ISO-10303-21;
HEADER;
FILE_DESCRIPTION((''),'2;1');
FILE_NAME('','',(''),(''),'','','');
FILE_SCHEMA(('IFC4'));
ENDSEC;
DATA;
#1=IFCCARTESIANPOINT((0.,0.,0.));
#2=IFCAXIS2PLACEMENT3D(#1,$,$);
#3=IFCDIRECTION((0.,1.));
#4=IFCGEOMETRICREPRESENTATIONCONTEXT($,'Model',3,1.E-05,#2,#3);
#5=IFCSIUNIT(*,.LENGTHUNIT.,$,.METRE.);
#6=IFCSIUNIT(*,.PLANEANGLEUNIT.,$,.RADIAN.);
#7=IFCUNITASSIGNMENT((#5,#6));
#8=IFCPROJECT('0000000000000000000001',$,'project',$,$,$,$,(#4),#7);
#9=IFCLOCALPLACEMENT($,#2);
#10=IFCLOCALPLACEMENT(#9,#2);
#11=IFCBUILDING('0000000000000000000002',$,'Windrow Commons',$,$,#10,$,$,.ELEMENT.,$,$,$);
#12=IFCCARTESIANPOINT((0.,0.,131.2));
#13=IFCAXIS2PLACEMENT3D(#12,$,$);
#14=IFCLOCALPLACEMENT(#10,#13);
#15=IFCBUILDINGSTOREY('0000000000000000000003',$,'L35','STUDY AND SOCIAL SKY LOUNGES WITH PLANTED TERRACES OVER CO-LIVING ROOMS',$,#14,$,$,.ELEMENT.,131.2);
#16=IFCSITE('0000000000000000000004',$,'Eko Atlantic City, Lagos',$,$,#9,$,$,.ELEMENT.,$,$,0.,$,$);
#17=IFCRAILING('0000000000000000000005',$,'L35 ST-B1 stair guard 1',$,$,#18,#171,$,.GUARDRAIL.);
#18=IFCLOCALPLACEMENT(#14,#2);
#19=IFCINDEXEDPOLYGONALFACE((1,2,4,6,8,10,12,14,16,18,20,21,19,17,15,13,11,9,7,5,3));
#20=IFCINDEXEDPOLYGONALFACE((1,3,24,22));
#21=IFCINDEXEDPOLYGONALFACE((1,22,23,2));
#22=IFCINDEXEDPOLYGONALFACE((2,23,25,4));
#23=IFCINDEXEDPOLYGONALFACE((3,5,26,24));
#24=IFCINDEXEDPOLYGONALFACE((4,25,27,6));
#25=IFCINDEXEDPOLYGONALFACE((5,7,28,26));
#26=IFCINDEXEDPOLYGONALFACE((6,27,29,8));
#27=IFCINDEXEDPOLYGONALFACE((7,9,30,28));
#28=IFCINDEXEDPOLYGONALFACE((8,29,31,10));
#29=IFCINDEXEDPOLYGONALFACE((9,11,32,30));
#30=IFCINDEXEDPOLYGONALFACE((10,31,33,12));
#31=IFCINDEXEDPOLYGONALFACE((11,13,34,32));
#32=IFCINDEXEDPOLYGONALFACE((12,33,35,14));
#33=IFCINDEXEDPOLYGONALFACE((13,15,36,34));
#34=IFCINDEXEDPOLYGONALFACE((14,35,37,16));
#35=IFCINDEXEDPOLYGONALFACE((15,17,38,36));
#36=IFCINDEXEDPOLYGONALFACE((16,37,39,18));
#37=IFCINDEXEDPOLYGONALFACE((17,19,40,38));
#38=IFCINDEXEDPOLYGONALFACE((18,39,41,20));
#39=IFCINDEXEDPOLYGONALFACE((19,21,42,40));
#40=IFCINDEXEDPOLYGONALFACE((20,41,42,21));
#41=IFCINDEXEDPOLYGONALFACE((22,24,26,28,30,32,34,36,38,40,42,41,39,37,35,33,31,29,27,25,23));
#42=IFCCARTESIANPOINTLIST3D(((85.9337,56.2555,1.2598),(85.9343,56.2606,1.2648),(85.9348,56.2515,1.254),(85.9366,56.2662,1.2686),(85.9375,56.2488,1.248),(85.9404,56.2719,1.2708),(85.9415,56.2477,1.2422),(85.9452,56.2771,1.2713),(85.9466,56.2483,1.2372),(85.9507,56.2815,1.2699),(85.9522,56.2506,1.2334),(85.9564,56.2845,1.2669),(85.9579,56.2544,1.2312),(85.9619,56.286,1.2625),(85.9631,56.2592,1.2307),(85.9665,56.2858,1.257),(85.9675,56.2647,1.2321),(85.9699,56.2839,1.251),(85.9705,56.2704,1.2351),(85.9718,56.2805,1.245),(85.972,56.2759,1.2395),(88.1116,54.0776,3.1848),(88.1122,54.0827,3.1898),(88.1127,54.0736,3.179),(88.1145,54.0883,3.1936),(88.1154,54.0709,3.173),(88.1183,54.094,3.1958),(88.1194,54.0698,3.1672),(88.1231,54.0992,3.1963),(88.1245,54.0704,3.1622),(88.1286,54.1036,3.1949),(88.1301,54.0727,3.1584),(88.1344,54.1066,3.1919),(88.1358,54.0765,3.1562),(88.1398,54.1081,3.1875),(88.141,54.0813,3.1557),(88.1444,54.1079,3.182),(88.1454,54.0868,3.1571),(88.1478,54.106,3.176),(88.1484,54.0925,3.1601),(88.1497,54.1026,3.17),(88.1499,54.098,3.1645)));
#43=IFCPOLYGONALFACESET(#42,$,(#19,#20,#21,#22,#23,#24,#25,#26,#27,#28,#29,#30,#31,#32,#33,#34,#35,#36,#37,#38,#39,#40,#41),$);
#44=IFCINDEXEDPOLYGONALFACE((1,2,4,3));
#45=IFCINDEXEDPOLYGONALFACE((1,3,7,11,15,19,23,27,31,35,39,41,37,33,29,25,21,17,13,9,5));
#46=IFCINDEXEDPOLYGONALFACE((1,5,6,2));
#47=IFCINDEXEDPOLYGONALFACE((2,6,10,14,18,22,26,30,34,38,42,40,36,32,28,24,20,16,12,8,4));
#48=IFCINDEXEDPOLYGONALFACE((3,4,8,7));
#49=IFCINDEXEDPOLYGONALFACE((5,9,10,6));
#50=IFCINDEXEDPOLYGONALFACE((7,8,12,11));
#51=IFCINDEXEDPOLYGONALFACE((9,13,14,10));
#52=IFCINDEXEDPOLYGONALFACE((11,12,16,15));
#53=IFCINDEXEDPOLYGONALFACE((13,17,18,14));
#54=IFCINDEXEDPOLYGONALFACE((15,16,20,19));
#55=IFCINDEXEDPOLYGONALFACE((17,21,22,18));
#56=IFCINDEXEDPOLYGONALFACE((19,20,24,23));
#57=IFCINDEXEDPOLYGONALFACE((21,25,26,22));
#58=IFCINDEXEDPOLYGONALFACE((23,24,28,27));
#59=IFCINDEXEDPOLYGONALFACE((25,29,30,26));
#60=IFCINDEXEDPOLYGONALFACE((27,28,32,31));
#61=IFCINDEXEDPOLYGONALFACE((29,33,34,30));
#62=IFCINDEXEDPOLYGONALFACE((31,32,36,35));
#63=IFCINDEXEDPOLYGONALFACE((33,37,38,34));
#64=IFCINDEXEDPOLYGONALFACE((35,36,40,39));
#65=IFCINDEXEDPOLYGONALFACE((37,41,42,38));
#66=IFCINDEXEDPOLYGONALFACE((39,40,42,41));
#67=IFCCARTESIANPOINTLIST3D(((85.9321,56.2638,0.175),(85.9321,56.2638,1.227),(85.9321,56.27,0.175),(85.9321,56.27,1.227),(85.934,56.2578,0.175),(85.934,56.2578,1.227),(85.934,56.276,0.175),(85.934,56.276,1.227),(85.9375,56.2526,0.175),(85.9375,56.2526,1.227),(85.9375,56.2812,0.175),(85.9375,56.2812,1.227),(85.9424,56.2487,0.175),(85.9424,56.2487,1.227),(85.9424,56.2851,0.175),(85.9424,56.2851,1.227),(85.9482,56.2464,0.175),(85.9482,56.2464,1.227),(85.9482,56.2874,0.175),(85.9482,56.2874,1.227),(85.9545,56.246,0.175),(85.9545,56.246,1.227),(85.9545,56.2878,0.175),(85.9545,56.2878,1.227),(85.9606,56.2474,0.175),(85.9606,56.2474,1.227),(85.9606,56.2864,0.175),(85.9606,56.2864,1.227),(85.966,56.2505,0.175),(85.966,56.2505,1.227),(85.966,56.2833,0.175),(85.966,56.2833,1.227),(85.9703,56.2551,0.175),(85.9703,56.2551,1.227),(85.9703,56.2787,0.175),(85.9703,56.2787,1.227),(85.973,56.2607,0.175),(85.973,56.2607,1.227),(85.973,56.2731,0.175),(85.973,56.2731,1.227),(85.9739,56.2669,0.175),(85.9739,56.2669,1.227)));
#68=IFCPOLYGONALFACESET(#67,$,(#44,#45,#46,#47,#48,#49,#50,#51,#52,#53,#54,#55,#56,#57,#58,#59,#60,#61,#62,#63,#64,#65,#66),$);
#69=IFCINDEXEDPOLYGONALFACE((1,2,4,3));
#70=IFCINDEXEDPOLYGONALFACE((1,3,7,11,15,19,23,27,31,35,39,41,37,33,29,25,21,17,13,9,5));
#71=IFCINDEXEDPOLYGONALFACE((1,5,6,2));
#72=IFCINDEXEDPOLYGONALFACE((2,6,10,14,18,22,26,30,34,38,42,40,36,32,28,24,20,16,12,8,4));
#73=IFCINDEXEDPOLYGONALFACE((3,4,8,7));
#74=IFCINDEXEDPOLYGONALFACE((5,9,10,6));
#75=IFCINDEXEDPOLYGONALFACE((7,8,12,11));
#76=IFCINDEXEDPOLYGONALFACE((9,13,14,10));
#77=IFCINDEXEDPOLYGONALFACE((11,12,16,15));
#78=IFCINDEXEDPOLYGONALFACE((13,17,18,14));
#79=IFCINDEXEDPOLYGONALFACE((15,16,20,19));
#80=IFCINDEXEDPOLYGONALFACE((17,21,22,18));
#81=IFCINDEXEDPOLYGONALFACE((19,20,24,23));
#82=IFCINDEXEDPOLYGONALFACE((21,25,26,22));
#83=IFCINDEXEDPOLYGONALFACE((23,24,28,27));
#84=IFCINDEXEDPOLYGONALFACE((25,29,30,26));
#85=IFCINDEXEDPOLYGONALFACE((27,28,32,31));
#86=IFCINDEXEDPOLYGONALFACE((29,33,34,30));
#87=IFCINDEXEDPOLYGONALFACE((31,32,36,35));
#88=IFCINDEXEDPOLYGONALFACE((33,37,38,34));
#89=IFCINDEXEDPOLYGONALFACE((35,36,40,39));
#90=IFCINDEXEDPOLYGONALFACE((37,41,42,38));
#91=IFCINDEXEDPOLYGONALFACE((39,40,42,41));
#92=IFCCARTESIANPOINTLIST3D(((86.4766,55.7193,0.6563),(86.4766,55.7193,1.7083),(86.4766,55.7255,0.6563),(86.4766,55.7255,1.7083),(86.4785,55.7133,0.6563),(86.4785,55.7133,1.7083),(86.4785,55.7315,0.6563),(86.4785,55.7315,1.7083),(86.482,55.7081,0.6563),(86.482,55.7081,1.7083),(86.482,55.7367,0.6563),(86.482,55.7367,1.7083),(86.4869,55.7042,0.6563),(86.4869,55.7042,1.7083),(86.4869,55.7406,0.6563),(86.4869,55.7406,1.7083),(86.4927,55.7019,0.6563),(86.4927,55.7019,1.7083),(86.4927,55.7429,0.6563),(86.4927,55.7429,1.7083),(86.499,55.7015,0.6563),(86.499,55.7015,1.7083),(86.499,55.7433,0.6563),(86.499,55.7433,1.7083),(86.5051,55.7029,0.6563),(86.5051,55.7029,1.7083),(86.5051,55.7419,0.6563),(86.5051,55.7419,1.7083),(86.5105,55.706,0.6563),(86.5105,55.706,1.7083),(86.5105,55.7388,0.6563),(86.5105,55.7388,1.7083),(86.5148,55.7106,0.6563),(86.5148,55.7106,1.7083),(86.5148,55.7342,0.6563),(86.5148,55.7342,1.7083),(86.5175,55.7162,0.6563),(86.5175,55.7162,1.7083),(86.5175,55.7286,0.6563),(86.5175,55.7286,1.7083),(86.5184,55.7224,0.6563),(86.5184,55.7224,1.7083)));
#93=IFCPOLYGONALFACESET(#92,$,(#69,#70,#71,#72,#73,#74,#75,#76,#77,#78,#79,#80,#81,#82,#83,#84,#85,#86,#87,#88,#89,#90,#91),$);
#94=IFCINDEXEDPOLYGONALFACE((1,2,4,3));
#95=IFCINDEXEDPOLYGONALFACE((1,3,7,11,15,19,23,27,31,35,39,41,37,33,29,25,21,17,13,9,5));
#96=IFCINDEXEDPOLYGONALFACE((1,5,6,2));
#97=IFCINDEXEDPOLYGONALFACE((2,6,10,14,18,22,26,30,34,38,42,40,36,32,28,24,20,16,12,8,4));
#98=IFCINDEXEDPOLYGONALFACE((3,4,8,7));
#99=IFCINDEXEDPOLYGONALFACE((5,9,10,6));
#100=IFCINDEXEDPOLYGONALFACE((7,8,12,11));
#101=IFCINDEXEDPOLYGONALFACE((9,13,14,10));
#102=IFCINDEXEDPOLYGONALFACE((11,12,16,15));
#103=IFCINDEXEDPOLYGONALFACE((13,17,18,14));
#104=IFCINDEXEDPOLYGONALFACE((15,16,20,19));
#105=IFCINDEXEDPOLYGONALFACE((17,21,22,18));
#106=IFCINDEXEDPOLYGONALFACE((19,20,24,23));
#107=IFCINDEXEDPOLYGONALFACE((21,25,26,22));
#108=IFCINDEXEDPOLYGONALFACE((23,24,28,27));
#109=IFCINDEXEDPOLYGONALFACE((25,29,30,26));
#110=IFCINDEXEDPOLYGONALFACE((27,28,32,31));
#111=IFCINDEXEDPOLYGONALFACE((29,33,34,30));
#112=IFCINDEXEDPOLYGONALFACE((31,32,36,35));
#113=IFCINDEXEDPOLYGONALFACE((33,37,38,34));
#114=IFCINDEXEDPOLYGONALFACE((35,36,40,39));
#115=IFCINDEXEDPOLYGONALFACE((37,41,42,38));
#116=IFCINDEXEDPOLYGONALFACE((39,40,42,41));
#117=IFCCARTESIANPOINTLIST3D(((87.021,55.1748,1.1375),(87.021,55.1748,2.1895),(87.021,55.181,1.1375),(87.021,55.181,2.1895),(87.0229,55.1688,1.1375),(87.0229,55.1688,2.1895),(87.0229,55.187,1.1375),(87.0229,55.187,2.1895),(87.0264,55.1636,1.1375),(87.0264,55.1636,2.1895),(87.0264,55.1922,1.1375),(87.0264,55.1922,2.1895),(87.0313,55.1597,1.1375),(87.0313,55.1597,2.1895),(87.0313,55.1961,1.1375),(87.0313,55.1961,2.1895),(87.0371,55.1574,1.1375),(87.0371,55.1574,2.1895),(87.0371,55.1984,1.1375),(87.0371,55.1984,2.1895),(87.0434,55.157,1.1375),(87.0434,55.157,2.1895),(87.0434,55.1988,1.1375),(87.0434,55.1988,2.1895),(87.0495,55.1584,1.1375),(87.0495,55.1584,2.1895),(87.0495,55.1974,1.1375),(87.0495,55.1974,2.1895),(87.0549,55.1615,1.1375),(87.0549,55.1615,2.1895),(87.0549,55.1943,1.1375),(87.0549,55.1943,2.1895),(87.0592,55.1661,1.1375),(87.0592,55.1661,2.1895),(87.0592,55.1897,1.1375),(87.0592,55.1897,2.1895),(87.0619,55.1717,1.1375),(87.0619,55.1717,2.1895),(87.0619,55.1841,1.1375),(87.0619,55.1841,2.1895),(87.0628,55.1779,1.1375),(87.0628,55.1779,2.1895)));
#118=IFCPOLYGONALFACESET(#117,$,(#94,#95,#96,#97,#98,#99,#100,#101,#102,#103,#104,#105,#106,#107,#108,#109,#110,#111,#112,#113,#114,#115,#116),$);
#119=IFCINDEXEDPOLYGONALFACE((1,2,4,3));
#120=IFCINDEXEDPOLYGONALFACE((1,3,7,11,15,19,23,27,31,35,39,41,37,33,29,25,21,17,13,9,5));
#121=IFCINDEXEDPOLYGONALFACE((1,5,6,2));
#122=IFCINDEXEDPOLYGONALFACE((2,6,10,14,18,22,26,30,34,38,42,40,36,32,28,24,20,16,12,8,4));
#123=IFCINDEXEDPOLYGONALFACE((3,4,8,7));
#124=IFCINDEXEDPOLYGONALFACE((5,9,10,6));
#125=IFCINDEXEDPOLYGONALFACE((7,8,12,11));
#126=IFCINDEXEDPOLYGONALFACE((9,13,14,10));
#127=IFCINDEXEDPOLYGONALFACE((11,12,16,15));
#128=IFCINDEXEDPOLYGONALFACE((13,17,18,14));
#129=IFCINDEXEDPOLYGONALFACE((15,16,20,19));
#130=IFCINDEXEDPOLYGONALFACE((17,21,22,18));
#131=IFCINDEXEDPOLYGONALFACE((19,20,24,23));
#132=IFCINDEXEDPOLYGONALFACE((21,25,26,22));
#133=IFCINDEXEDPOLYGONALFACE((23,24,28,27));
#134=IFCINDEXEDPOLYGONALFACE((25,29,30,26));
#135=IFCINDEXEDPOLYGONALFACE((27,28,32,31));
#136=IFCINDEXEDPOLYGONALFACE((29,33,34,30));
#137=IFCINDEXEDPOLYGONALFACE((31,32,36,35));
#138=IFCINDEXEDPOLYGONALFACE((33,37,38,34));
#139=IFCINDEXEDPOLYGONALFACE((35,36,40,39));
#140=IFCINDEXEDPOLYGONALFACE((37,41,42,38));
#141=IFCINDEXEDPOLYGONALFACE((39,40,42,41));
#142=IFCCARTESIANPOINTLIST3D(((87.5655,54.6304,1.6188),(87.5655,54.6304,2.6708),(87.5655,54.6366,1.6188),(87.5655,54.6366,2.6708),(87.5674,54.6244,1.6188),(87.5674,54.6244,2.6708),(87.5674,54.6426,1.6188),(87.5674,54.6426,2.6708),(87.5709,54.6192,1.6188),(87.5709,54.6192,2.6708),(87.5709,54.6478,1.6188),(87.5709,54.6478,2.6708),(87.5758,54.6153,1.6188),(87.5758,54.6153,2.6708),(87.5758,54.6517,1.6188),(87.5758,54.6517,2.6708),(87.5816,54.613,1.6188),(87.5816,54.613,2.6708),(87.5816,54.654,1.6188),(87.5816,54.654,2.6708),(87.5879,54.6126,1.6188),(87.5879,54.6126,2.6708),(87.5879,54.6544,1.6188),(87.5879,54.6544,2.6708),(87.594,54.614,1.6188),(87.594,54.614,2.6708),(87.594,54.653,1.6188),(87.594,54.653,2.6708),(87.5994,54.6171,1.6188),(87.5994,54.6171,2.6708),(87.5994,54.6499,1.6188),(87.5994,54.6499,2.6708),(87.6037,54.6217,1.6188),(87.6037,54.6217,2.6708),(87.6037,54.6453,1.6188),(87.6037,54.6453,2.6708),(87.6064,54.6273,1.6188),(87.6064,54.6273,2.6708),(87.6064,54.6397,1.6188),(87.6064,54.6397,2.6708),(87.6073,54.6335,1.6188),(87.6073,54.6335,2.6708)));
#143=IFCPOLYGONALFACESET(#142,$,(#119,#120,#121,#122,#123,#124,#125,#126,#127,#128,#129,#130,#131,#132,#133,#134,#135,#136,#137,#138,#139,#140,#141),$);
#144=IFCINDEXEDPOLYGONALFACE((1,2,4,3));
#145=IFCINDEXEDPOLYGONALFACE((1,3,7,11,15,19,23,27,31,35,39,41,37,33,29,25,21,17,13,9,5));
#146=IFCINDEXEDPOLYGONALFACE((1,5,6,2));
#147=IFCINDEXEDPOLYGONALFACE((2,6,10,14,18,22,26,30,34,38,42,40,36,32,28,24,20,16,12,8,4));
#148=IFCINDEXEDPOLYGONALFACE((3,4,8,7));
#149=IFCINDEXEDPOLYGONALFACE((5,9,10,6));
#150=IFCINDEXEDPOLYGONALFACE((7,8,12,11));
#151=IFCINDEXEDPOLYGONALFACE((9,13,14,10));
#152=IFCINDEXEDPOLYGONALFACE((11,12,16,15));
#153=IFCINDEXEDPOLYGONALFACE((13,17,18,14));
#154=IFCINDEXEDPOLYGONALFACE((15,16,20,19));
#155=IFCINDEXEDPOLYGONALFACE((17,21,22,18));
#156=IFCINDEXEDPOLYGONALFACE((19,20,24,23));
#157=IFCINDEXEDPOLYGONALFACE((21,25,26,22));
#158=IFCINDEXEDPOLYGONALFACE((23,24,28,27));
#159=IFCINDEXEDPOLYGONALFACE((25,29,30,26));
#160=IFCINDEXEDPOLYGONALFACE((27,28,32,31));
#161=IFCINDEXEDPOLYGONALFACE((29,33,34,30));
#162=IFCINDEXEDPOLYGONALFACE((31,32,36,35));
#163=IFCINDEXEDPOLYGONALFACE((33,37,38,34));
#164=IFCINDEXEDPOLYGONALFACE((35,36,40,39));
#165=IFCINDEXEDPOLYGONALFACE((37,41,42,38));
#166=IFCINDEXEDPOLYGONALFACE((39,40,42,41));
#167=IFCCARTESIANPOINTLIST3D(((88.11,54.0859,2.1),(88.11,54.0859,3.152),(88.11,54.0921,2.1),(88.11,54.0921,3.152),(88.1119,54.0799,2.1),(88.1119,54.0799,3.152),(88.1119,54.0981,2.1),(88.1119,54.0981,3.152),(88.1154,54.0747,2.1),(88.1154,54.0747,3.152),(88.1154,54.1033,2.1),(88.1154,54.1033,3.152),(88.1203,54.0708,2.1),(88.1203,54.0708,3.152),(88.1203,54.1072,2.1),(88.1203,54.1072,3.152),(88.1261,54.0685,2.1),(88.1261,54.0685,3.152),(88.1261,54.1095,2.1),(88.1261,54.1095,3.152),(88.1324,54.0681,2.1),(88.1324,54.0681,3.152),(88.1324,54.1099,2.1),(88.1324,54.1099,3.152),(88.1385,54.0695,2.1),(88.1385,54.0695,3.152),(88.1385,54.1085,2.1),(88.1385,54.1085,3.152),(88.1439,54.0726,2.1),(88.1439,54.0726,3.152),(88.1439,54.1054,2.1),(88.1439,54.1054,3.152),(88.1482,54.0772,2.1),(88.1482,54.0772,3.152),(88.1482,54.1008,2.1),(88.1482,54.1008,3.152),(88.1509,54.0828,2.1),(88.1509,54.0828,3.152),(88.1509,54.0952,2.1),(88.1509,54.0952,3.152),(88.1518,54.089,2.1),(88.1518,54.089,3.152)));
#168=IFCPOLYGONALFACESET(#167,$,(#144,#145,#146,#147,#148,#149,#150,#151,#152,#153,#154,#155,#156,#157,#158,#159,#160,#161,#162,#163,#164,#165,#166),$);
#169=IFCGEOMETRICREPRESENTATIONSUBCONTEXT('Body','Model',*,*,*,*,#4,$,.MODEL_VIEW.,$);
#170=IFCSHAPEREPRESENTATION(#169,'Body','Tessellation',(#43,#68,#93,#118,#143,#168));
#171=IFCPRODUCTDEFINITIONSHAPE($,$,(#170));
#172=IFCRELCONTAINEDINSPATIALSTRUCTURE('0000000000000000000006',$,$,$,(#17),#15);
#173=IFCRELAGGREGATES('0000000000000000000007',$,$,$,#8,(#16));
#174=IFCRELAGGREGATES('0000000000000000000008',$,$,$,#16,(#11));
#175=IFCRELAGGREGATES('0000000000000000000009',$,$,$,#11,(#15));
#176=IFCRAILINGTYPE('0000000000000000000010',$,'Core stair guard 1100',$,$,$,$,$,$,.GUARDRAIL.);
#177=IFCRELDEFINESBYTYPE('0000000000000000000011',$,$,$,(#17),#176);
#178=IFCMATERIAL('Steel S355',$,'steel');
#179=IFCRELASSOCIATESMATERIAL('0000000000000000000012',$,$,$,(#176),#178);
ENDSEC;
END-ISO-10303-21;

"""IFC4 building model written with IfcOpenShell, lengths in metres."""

from ifc_helpers import new_model, si_unit, direction, frame, origin, origin_2d, place, context, subcontext, project, spatial, circle, extrude, material, type_object, element, save


model = new_model("IFC4")

# Units and contexts
model_context = context("Model", 3, precision=1e-05, world=origin(), true_north=direction((0.0, 1.0)))
body_context = subcontext(model_context, "Body", "Model", "MODEL_VIEW")
ifc_project = project(units=[si_unit("LENGTHUNIT", "METRE"), si_unit("PLANEANGLEUNIT", "RADIAN")], contexts=[model_context])

# Site, building, storey
site_placement = place(None, origin())
site = spatial("IfcSite", under=ifc_project, at=site_placement, Name="Eko Atlantic City, Lagos", CompositionType="ELEMENT", RefElevation=0.0)
building_placement = place(site_placement, origin())
building = spatial("IfcBuilding", under=site, at=building_placement, Name="Windrow Commons", CompositionType="ELEMENT")
storey_placement = place(building_placement, frame((0.0, 0.0, 131.2)))
storey = spatial("IfcBuildingStorey", under=building, at=storey_placement, Name="L35", Description="STUDY AND SOCIAL SKY LOUNGES WITH PLANTED TERRACES OVER CO-LIVING ROOMS", CompositionType="ELEMENT", Elevation=131.2)

# Railing
ifc_material_1 = material(Name="Steel S355", Category="steel")
railing_type_1 = type_object("IfcRailingType", Name="Core stair guard 1100", PredefinedType="GUARDRAIL", material=ifc_material_1)
railing_1_placement = place(storey_placement, frame((85.9529, 56.2669, 0.175)))
element("IfcRailing", 1, at=railing_1_placement, inside=storey, type_object=railing_type_1, Name="L35 ST-B1 stair guard 1", PredefinedType="GUARDRAIL", context=body_context, shape_type="SweptSolid", body=[
    extrude(circle(Radius=0.024, at=origin_2d()), frame((0.0, 0.0, 1.076), z_axis=(0.599626, -0.599626, 0.529997), x_axis=(0.707107, 0.707107, 0.0)), (0.0, 0.0, 1.0), 3.6321),
    extrude(circle(Radius=0.021, at=origin_2d()), origin(), (0.0, 0.0, 1.0), 1.052),
    extrude(circle(Radius=0.021, at=origin_2d()), frame((0.5445, -0.5445, 0.4813)), (0.0, 0.0, 1.0), 1.052),
    extrude(circle(Radius=0.021, at=origin_2d()), frame((1.0889, -1.089, 0.9625)), (0.0, 0.0, 1.0), 1.052),
    extrude(circle(Radius=0.021, at=origin_2d()), frame((1.6334, -1.6334, 1.4438)), (0.0, 0.0, 1.0), 1.052),
    extrude(circle(Radius=0.021, at=origin_2d()), frame((2.1779, -2.1779, 1.925)), (0.0, 0.0, 1.0), 1.052),
])

save(model, "model.ifc")
